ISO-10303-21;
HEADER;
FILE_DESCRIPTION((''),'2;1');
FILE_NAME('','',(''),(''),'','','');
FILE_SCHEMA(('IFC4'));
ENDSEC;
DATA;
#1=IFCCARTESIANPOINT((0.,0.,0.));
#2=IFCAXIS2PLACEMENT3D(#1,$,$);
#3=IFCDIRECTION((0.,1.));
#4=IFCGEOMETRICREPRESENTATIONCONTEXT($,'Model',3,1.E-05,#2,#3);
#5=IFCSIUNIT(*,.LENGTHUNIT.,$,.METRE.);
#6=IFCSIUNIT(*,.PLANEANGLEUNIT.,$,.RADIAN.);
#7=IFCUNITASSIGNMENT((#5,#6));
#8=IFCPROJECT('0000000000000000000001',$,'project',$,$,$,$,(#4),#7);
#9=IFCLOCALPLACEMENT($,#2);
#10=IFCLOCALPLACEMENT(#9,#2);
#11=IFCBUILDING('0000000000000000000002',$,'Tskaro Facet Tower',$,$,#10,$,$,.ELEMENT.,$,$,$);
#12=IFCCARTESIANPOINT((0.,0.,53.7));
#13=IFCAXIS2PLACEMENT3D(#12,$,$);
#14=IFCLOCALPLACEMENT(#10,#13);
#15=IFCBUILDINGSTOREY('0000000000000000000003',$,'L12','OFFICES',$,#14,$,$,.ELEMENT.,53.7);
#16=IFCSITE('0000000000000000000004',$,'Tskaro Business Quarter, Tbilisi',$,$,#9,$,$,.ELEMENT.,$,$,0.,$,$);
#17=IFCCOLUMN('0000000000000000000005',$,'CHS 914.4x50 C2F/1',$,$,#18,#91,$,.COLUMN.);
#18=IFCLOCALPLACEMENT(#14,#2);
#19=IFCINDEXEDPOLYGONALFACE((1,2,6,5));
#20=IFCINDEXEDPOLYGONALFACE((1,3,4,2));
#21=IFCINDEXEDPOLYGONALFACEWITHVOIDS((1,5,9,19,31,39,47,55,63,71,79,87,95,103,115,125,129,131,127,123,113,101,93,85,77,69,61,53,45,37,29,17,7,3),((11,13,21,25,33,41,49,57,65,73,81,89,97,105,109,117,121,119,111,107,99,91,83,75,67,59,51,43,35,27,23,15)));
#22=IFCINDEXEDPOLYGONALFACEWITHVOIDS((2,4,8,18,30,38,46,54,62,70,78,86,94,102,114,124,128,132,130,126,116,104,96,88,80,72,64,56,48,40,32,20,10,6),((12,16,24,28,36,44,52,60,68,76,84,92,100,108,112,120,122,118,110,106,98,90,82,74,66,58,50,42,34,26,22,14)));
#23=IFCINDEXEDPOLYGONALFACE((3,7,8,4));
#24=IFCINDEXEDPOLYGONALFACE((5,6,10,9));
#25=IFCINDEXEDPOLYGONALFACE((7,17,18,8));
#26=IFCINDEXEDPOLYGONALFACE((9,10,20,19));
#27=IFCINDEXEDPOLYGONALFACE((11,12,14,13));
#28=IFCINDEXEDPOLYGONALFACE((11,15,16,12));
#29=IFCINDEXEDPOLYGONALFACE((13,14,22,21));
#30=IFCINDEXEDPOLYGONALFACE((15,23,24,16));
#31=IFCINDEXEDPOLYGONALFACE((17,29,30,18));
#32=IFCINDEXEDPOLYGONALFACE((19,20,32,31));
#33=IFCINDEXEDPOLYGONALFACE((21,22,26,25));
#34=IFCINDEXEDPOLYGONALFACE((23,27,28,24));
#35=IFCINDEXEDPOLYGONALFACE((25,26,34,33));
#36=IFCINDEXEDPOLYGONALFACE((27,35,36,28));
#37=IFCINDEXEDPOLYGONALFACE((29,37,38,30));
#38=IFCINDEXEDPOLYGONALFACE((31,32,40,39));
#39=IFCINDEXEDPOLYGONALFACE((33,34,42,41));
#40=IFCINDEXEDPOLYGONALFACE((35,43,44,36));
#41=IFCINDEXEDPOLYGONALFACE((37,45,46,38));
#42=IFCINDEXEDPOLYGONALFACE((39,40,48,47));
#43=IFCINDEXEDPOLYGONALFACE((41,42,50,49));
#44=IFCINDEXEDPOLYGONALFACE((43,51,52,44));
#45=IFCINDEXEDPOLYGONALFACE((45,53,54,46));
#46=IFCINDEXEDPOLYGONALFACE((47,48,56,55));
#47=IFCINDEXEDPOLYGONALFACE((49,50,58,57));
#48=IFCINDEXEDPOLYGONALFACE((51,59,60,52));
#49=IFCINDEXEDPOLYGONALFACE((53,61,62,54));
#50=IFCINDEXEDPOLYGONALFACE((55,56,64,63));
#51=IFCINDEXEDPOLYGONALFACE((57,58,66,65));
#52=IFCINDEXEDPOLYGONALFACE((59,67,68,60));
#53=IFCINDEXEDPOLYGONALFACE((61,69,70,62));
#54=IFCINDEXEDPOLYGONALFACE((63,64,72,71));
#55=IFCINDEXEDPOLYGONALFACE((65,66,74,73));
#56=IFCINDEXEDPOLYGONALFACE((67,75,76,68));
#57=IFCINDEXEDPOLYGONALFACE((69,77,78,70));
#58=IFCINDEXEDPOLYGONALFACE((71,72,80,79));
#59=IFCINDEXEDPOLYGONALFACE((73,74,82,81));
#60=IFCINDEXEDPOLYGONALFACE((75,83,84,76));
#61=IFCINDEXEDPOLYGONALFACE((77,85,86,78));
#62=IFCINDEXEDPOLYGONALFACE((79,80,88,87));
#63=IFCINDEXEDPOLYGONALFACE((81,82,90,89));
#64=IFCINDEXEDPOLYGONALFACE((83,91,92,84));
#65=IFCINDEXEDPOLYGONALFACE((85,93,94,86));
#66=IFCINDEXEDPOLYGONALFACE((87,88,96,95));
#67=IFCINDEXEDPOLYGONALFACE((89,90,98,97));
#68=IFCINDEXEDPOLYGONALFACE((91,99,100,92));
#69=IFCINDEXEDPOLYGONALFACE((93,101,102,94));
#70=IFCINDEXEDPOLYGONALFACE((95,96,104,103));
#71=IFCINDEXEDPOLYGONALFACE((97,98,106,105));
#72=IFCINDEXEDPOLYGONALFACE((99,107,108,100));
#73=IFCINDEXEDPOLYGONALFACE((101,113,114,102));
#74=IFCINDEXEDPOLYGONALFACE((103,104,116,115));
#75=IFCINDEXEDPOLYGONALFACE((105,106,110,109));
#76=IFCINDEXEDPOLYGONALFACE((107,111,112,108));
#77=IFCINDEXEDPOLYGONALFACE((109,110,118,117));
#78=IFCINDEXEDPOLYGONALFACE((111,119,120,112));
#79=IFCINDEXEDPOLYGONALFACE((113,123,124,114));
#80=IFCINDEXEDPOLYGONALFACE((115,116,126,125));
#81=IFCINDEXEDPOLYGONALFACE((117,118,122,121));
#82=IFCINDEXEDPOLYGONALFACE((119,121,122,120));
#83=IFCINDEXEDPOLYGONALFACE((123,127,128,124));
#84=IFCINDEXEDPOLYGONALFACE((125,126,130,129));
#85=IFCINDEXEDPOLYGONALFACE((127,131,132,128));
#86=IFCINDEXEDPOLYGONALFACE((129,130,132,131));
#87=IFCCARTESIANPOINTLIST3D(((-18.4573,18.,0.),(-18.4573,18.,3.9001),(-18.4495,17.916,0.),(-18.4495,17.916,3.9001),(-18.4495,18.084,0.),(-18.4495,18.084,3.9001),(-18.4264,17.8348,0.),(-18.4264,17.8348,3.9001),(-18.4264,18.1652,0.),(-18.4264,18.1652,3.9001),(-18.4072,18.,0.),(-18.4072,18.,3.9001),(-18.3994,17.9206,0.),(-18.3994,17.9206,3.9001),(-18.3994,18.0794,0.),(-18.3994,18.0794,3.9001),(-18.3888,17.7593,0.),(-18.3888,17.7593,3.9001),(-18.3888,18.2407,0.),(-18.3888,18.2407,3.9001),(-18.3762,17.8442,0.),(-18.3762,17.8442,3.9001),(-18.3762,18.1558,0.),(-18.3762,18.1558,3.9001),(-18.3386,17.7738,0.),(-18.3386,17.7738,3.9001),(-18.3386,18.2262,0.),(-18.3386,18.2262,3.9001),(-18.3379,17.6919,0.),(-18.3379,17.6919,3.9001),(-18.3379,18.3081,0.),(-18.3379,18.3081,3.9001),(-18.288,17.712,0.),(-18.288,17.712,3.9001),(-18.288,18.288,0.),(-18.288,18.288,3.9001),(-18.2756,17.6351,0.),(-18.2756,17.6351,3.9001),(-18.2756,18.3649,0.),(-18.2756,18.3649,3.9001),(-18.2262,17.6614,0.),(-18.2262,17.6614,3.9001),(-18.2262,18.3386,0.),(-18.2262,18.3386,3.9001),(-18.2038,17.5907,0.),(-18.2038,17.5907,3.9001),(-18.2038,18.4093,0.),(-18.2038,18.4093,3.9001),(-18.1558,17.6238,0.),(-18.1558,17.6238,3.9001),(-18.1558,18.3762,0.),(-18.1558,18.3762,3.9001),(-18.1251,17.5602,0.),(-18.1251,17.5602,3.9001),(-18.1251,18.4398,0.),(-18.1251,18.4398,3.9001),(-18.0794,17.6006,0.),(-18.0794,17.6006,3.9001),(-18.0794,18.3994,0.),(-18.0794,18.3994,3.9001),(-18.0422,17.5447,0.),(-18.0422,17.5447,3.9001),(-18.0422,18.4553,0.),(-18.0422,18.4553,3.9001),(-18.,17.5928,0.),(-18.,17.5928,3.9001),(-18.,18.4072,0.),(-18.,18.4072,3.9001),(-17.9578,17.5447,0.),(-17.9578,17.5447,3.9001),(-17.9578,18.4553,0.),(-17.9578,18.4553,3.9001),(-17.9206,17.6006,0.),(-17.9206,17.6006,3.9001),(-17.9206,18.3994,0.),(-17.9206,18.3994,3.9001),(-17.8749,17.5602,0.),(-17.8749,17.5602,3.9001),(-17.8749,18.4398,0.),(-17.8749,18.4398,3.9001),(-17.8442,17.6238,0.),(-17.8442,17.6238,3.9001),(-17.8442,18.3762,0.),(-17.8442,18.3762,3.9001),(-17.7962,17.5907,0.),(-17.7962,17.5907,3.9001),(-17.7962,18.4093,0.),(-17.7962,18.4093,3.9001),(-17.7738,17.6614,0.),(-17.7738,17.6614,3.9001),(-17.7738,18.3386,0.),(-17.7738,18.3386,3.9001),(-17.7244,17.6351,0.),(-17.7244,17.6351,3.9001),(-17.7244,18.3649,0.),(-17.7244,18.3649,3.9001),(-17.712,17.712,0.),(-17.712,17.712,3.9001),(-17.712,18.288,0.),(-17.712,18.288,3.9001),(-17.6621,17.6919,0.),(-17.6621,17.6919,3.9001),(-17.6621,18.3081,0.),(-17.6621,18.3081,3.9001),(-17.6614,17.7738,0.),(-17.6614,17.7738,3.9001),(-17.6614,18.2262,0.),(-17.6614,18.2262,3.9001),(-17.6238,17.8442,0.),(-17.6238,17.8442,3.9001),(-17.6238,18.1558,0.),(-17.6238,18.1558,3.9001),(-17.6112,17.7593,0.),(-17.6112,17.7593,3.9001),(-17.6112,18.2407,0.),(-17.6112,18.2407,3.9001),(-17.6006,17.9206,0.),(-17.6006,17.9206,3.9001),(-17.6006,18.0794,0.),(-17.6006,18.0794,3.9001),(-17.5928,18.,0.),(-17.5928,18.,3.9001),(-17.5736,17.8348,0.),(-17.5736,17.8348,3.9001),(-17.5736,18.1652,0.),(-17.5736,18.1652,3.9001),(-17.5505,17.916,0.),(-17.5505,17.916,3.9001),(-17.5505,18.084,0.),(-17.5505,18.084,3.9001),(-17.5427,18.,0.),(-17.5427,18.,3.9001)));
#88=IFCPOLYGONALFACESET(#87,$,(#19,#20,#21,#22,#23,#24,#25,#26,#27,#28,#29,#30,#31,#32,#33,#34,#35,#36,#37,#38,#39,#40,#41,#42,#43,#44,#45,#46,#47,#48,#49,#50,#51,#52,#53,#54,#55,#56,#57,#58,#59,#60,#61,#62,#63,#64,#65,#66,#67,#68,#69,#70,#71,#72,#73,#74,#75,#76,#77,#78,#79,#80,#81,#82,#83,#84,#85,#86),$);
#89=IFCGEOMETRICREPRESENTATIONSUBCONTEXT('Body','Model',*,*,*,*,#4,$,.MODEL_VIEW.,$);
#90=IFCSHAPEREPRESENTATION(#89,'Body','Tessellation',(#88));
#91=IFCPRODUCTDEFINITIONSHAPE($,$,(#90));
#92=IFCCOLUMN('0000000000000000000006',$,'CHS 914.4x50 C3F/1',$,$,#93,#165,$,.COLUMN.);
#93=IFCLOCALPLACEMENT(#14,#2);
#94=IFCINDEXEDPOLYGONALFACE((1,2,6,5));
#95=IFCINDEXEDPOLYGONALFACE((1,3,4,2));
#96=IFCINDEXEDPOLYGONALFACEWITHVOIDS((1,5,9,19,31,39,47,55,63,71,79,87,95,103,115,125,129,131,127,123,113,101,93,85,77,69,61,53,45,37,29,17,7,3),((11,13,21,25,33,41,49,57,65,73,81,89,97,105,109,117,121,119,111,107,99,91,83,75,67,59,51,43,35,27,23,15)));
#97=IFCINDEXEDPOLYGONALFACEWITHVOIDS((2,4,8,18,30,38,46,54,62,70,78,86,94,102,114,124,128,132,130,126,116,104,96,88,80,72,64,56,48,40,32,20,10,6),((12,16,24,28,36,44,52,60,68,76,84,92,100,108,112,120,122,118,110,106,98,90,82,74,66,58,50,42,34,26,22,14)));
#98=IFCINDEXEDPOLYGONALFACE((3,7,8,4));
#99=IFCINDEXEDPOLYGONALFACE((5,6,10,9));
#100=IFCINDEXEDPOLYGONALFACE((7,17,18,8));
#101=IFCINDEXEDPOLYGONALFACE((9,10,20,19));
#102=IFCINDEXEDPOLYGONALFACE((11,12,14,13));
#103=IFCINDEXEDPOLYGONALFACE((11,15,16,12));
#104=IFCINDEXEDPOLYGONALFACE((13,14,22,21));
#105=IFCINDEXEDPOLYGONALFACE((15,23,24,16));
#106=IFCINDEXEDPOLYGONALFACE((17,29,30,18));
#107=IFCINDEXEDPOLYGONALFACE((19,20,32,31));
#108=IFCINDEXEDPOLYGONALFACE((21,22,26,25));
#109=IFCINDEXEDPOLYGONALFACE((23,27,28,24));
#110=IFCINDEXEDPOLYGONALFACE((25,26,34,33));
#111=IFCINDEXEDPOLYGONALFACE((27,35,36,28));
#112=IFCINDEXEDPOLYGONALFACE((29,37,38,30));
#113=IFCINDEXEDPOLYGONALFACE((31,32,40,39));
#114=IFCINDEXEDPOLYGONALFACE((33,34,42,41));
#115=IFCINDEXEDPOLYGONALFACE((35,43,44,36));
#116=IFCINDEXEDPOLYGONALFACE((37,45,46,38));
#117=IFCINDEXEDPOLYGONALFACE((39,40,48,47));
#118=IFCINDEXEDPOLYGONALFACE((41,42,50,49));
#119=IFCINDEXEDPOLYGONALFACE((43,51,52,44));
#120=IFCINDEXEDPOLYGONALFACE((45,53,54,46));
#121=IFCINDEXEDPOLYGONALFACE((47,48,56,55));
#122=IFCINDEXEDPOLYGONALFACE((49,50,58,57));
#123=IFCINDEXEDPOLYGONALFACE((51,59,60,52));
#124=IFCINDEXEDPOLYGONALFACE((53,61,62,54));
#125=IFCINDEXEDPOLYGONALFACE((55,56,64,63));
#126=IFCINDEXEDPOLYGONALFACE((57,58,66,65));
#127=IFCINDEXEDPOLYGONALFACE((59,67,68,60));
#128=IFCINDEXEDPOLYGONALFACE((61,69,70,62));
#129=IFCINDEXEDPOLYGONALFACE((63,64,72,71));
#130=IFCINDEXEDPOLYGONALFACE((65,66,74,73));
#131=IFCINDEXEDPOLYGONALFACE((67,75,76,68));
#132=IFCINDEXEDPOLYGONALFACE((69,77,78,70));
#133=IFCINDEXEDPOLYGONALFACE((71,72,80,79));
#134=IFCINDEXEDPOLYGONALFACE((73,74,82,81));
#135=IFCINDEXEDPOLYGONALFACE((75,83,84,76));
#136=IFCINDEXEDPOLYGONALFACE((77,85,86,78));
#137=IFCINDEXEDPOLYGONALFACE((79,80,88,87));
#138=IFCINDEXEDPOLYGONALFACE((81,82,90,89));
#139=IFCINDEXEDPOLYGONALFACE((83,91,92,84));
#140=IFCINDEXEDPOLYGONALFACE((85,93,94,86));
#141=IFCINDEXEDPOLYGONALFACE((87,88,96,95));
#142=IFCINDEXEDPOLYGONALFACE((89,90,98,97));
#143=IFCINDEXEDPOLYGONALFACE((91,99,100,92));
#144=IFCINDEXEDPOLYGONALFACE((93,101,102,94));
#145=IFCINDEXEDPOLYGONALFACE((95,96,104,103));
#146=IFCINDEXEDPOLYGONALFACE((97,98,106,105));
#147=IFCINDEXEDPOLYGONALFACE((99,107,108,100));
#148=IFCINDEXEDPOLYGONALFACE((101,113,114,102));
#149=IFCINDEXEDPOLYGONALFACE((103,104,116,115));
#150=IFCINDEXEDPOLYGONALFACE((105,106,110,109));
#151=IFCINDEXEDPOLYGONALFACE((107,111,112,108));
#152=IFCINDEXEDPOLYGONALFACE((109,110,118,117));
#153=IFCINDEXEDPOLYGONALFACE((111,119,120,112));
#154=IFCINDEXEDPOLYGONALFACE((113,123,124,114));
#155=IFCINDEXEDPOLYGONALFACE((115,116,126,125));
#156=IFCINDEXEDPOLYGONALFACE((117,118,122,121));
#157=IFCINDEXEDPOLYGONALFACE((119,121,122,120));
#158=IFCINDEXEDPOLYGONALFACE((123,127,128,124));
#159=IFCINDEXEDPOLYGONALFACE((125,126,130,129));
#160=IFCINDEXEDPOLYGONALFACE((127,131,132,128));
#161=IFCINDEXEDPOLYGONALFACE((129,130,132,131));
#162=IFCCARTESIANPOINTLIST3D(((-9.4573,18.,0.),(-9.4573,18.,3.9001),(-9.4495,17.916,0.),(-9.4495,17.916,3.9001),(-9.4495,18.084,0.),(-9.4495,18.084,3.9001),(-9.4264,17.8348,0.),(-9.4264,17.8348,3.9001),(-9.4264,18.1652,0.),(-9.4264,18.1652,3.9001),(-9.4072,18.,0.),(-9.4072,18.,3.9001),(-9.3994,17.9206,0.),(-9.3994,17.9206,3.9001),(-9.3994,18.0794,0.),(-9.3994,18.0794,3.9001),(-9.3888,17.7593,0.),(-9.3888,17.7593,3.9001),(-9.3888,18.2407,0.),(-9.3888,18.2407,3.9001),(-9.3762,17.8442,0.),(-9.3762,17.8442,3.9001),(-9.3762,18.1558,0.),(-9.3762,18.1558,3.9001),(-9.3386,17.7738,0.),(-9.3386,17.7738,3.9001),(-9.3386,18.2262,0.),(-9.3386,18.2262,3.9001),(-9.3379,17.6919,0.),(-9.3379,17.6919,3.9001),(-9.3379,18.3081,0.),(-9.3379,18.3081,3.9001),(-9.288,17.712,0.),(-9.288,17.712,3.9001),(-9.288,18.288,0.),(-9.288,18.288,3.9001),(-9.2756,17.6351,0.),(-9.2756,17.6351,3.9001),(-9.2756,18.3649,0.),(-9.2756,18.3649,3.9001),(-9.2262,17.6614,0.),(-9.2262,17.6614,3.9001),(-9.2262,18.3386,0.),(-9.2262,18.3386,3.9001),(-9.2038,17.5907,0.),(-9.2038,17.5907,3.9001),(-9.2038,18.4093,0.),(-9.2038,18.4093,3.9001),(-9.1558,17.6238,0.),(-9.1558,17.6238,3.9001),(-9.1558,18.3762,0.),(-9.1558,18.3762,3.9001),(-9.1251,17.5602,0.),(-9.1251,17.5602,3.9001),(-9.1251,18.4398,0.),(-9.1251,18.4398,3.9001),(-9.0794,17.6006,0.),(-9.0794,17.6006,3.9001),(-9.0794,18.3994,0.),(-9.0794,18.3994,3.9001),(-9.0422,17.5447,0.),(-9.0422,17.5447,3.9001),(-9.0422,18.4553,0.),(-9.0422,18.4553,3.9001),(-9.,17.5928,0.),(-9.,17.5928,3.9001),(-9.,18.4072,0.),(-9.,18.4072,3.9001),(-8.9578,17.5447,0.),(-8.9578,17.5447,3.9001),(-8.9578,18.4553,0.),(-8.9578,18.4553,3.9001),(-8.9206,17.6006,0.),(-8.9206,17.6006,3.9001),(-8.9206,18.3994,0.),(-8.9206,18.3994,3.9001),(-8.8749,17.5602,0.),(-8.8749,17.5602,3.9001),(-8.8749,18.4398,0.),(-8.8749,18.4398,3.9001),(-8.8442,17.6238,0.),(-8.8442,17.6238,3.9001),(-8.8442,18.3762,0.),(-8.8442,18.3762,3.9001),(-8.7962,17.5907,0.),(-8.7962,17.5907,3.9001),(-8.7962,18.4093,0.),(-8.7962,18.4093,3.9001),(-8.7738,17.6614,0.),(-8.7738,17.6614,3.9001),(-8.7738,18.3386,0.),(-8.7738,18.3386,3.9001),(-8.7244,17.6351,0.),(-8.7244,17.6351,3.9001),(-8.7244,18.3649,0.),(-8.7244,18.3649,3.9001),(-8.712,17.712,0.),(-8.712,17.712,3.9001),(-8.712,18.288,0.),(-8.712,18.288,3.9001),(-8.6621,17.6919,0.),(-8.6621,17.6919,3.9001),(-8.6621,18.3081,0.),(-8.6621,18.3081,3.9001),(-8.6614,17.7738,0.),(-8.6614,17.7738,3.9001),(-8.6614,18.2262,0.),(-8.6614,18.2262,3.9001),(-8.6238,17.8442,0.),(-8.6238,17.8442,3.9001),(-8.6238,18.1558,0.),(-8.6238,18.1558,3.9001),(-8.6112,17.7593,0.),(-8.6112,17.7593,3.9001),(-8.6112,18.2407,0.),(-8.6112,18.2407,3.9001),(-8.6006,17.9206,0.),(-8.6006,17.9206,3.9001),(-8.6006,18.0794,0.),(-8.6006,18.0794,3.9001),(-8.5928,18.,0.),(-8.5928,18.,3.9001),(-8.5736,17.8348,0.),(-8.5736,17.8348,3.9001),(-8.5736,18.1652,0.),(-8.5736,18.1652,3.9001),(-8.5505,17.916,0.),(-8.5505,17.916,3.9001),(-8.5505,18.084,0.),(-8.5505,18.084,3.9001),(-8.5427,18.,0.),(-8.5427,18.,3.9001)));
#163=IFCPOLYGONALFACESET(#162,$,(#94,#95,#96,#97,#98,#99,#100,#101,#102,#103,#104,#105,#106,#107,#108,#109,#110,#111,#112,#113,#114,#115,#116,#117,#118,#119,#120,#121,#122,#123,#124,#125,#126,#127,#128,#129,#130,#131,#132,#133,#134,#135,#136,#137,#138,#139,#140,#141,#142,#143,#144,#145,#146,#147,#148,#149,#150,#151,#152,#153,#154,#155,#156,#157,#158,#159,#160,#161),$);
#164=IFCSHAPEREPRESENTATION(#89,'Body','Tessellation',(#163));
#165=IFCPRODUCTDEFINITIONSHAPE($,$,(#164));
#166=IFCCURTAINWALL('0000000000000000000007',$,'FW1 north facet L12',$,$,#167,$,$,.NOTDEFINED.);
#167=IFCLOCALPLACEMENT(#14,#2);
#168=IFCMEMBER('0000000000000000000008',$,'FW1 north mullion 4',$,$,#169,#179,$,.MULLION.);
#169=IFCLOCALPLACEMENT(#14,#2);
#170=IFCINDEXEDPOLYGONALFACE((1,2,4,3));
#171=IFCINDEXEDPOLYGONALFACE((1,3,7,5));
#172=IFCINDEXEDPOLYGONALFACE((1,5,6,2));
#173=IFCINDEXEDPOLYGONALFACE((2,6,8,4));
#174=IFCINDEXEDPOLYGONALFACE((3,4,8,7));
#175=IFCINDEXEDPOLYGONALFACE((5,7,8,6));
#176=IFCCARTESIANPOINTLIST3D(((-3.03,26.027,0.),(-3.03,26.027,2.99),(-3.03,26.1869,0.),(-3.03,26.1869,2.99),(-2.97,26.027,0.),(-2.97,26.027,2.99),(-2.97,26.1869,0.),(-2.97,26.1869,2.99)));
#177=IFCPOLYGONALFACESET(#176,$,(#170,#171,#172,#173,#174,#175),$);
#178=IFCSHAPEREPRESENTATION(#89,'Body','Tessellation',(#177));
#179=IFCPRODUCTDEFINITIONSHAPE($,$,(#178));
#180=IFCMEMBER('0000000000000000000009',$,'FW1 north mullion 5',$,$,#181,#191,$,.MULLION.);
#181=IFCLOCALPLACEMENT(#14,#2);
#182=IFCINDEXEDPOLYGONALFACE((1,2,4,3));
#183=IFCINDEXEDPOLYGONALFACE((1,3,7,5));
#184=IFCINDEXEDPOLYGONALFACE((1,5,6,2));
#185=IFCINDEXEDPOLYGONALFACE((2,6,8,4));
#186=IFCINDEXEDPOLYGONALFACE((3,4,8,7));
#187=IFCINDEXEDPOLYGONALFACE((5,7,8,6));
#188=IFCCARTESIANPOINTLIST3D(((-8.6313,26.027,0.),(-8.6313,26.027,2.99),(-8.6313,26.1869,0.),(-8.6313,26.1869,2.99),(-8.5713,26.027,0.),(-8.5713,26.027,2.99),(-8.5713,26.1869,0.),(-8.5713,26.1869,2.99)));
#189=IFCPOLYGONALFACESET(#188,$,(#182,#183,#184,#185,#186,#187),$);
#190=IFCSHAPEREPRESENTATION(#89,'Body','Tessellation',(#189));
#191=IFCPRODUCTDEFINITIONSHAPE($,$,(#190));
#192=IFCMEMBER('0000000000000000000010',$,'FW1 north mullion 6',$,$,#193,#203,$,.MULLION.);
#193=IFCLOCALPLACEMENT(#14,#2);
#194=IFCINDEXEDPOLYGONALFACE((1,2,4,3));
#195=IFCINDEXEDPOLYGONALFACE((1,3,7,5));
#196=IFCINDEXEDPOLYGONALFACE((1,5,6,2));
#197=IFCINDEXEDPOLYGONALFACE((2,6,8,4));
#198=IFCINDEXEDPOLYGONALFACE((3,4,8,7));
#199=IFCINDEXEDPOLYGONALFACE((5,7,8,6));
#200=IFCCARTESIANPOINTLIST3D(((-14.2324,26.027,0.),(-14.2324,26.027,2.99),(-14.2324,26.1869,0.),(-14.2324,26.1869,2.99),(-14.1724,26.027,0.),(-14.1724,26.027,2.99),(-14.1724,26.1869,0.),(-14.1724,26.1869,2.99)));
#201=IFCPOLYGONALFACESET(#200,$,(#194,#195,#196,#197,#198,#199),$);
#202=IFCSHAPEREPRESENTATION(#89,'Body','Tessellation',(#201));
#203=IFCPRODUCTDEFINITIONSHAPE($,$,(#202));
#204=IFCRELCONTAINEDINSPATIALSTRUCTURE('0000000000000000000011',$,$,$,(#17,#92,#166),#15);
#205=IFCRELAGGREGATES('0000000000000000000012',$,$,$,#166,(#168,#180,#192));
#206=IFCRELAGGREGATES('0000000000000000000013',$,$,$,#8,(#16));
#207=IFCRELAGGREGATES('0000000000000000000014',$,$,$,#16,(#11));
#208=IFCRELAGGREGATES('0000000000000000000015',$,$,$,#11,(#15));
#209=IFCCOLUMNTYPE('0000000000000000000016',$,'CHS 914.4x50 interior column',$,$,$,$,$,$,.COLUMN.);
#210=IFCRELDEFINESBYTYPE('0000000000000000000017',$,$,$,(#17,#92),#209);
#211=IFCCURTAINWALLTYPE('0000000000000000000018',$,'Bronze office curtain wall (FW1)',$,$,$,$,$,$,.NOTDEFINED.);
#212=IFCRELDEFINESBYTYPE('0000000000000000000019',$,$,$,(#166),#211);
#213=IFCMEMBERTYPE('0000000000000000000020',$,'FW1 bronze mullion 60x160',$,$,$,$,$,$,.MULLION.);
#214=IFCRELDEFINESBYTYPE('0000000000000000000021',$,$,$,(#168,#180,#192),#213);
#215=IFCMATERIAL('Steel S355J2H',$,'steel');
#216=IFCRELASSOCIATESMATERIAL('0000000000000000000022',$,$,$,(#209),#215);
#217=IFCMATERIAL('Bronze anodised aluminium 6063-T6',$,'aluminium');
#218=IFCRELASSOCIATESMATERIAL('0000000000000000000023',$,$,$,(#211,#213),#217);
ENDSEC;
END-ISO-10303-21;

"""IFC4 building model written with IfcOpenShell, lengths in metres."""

from ifc_helpers import new_model, si_unit, direction, frame, origin, origin_2d, place, context, subcontext, project, spatial, rectangle, hollow_circle, extrude, material, material_profile, profile_set, type_object, element, aggregate, save


model = new_model("IFC4")

# Units and contexts
model_context = context("Model", 3, precision=1e-05, world=origin(), true_north=direction((0.0, 1.0)))
body_context = subcontext(model_context, "Body", "Model", "MODEL_VIEW")
ifc_project = project(units=[si_unit("LENGTHUNIT", "METRE"), si_unit("PLANEANGLEUNIT", "RADIAN")], contexts=[model_context])

# Site, building, storey
site_placement = place(None, origin())
site = spatial("IfcSite", under=ifc_project, at=site_placement, Name="Tskaro Business Quarter, Tbilisi", CompositionType="ELEMENT", RefElevation=0.0)
building_placement = place(site_placement, origin())
building = spatial("IfcBuilding", under=site, at=building_placement, Name="Tskaro Facet Tower", CompositionType="ELEMENT")
storey_placement = place(building_placement, frame((0.0, 0.0, 53.7)))
storey = spatial("IfcBuildingStorey", under=building, at=storey_placement, Name="L12", Description="OFFICES", CompositionType="ELEMENT", Elevation=53.7)

# Columns
ifc_material_1 = material(Name="Steel S355J2H", Category="steel")
ifc_material_profile_1 = material_profile(ifc_material_1, hollow_circle(Radius=0.4573, WallThickness=0.05, at=origin_2d()), Name="CHS 914.4x50")
ifc_profile_set_1 = profile_set([ifc_material_profile_1], Name="Steel S355J2H")
column_type_1 = type_object("IfcColumnType", Name="CHS 914.4x50 interior column", PredefinedType="COLUMN", material=ifc_profile_set_1)
for number, where, z_axis, x_axis, name in (
    (1, (-18.0, 18.0, 0.0), (0.0, 0.0, 1.0), (1.0, 0.0, 0.0), "CHS 914.4x50 C2F/1"),
    (2, (-9.0, 18.0, 0.0), (0.0, 0.0, 1.0), (1.0, 0.0, 0.0), "CHS 914.4x50 C3F/1"),
):
    element("IfcColumn", number, at=place(storey_placement, frame(where, z_axis=z_axis, x_axis=x_axis)), inside=storey, type_object=column_type_1, Name=name, PredefinedType="COLUMN", context=body_context, shape_type="SweptSolid", body=[
        extrude(hollow_circle(Radius=0.4573, WallThickness=0.05, at=origin_2d()), origin(), (0.0, 0.0, 1.0), 3.9001),
    ])

# Curtain wall, members
ifc_material_2 = material(Name="Bronze anodised aluminium 6063-T6", Category="aluminium")
curtain_wall_type = type_object("IfcCurtainWallType", Name="Bronze office curtain wall (FW1)", PredefinedType="NOTDEFINED", material=ifc_material_2)
curtain_wall_placement = place(storey_placement, origin())
curtain_wall = element("IfcCurtainWall", 3, at=curtain_wall_placement, inside=storey, type_object=curtain_wall_type, Name="FW1 north facet L12", PredefinedType="NOTDEFINED")
ifc_material_profile_2 = material_profile(ifc_material_2, rectangle(XDim=0.0601, YDim=0.1599, at=origin_2d()), Name="Mullion 60x160")
ifc_profile_set_2 = profile_set([ifc_material_profile_2], Name="Bronze anodised aluminium 6063-T6")
member_type_1 = type_object("IfcMemberType", Name="FW1 bronze mullion 60x160", PredefinedType="MULLION", material=ifc_profile_set_2)
member_1_placement = place(storey_placement, frame((-3.0, 26.1069, 0.0), z_axis=(0.0, 0.0, 1.0), x_axis=(-1.0, 0.0, 0.0)))
member_1 = element("IfcMember", 4, at=member_1_placement, type_object=member_type_1, Name="FW1 north mullion 4", PredefinedType="MULLION", context=body_context, shape_type="SweptSolid", body=[
    extrude(rectangle(XDim=0.0601, YDim=0.1599, at=origin_2d()), origin(), (0.0, 0.0, 1.0), 2.99),
])
member_2_placement = place(storey_placement, frame((-8.6013, 26.1069, 0.0), z_axis=(0.0, 0.0, 1.0), x_axis=(-1.0, 0.0, 0.0)))
member_2 = element("IfcMember", 5, at=member_2_placement, type_object=member_type_1, Name="FW1 north mullion 5", PredefinedType="MULLION", context=body_context, shape_type="SweptSolid", body=[
    extrude(rectangle(XDim=0.0601, YDim=0.1599, at=origin_2d()), origin(), (0.0, 0.0, 1.0), 2.99),
])
member_3_placement = place(storey_placement, frame((-14.2024, 26.1069, 0.0), z_axis=(0.0, 0.0, 1.0), x_axis=(-1.0, 0.0, 0.0)))
member_3 = element("IfcMember", 6, at=member_3_placement, type_object=member_type_1, Name="FW1 north mullion 6", PredefinedType="MULLION", context=body_context, shape_type="SweptSolid", body=[
    extrude(rectangle(XDim=0.0601, YDim=0.1599, at=origin_2d()), origin(), (0.0, 0.0, 1.0), 2.99),
])

aggregate(curtain_wall, [member_1, member_2, member_3])

save(model, "model.ifc")
